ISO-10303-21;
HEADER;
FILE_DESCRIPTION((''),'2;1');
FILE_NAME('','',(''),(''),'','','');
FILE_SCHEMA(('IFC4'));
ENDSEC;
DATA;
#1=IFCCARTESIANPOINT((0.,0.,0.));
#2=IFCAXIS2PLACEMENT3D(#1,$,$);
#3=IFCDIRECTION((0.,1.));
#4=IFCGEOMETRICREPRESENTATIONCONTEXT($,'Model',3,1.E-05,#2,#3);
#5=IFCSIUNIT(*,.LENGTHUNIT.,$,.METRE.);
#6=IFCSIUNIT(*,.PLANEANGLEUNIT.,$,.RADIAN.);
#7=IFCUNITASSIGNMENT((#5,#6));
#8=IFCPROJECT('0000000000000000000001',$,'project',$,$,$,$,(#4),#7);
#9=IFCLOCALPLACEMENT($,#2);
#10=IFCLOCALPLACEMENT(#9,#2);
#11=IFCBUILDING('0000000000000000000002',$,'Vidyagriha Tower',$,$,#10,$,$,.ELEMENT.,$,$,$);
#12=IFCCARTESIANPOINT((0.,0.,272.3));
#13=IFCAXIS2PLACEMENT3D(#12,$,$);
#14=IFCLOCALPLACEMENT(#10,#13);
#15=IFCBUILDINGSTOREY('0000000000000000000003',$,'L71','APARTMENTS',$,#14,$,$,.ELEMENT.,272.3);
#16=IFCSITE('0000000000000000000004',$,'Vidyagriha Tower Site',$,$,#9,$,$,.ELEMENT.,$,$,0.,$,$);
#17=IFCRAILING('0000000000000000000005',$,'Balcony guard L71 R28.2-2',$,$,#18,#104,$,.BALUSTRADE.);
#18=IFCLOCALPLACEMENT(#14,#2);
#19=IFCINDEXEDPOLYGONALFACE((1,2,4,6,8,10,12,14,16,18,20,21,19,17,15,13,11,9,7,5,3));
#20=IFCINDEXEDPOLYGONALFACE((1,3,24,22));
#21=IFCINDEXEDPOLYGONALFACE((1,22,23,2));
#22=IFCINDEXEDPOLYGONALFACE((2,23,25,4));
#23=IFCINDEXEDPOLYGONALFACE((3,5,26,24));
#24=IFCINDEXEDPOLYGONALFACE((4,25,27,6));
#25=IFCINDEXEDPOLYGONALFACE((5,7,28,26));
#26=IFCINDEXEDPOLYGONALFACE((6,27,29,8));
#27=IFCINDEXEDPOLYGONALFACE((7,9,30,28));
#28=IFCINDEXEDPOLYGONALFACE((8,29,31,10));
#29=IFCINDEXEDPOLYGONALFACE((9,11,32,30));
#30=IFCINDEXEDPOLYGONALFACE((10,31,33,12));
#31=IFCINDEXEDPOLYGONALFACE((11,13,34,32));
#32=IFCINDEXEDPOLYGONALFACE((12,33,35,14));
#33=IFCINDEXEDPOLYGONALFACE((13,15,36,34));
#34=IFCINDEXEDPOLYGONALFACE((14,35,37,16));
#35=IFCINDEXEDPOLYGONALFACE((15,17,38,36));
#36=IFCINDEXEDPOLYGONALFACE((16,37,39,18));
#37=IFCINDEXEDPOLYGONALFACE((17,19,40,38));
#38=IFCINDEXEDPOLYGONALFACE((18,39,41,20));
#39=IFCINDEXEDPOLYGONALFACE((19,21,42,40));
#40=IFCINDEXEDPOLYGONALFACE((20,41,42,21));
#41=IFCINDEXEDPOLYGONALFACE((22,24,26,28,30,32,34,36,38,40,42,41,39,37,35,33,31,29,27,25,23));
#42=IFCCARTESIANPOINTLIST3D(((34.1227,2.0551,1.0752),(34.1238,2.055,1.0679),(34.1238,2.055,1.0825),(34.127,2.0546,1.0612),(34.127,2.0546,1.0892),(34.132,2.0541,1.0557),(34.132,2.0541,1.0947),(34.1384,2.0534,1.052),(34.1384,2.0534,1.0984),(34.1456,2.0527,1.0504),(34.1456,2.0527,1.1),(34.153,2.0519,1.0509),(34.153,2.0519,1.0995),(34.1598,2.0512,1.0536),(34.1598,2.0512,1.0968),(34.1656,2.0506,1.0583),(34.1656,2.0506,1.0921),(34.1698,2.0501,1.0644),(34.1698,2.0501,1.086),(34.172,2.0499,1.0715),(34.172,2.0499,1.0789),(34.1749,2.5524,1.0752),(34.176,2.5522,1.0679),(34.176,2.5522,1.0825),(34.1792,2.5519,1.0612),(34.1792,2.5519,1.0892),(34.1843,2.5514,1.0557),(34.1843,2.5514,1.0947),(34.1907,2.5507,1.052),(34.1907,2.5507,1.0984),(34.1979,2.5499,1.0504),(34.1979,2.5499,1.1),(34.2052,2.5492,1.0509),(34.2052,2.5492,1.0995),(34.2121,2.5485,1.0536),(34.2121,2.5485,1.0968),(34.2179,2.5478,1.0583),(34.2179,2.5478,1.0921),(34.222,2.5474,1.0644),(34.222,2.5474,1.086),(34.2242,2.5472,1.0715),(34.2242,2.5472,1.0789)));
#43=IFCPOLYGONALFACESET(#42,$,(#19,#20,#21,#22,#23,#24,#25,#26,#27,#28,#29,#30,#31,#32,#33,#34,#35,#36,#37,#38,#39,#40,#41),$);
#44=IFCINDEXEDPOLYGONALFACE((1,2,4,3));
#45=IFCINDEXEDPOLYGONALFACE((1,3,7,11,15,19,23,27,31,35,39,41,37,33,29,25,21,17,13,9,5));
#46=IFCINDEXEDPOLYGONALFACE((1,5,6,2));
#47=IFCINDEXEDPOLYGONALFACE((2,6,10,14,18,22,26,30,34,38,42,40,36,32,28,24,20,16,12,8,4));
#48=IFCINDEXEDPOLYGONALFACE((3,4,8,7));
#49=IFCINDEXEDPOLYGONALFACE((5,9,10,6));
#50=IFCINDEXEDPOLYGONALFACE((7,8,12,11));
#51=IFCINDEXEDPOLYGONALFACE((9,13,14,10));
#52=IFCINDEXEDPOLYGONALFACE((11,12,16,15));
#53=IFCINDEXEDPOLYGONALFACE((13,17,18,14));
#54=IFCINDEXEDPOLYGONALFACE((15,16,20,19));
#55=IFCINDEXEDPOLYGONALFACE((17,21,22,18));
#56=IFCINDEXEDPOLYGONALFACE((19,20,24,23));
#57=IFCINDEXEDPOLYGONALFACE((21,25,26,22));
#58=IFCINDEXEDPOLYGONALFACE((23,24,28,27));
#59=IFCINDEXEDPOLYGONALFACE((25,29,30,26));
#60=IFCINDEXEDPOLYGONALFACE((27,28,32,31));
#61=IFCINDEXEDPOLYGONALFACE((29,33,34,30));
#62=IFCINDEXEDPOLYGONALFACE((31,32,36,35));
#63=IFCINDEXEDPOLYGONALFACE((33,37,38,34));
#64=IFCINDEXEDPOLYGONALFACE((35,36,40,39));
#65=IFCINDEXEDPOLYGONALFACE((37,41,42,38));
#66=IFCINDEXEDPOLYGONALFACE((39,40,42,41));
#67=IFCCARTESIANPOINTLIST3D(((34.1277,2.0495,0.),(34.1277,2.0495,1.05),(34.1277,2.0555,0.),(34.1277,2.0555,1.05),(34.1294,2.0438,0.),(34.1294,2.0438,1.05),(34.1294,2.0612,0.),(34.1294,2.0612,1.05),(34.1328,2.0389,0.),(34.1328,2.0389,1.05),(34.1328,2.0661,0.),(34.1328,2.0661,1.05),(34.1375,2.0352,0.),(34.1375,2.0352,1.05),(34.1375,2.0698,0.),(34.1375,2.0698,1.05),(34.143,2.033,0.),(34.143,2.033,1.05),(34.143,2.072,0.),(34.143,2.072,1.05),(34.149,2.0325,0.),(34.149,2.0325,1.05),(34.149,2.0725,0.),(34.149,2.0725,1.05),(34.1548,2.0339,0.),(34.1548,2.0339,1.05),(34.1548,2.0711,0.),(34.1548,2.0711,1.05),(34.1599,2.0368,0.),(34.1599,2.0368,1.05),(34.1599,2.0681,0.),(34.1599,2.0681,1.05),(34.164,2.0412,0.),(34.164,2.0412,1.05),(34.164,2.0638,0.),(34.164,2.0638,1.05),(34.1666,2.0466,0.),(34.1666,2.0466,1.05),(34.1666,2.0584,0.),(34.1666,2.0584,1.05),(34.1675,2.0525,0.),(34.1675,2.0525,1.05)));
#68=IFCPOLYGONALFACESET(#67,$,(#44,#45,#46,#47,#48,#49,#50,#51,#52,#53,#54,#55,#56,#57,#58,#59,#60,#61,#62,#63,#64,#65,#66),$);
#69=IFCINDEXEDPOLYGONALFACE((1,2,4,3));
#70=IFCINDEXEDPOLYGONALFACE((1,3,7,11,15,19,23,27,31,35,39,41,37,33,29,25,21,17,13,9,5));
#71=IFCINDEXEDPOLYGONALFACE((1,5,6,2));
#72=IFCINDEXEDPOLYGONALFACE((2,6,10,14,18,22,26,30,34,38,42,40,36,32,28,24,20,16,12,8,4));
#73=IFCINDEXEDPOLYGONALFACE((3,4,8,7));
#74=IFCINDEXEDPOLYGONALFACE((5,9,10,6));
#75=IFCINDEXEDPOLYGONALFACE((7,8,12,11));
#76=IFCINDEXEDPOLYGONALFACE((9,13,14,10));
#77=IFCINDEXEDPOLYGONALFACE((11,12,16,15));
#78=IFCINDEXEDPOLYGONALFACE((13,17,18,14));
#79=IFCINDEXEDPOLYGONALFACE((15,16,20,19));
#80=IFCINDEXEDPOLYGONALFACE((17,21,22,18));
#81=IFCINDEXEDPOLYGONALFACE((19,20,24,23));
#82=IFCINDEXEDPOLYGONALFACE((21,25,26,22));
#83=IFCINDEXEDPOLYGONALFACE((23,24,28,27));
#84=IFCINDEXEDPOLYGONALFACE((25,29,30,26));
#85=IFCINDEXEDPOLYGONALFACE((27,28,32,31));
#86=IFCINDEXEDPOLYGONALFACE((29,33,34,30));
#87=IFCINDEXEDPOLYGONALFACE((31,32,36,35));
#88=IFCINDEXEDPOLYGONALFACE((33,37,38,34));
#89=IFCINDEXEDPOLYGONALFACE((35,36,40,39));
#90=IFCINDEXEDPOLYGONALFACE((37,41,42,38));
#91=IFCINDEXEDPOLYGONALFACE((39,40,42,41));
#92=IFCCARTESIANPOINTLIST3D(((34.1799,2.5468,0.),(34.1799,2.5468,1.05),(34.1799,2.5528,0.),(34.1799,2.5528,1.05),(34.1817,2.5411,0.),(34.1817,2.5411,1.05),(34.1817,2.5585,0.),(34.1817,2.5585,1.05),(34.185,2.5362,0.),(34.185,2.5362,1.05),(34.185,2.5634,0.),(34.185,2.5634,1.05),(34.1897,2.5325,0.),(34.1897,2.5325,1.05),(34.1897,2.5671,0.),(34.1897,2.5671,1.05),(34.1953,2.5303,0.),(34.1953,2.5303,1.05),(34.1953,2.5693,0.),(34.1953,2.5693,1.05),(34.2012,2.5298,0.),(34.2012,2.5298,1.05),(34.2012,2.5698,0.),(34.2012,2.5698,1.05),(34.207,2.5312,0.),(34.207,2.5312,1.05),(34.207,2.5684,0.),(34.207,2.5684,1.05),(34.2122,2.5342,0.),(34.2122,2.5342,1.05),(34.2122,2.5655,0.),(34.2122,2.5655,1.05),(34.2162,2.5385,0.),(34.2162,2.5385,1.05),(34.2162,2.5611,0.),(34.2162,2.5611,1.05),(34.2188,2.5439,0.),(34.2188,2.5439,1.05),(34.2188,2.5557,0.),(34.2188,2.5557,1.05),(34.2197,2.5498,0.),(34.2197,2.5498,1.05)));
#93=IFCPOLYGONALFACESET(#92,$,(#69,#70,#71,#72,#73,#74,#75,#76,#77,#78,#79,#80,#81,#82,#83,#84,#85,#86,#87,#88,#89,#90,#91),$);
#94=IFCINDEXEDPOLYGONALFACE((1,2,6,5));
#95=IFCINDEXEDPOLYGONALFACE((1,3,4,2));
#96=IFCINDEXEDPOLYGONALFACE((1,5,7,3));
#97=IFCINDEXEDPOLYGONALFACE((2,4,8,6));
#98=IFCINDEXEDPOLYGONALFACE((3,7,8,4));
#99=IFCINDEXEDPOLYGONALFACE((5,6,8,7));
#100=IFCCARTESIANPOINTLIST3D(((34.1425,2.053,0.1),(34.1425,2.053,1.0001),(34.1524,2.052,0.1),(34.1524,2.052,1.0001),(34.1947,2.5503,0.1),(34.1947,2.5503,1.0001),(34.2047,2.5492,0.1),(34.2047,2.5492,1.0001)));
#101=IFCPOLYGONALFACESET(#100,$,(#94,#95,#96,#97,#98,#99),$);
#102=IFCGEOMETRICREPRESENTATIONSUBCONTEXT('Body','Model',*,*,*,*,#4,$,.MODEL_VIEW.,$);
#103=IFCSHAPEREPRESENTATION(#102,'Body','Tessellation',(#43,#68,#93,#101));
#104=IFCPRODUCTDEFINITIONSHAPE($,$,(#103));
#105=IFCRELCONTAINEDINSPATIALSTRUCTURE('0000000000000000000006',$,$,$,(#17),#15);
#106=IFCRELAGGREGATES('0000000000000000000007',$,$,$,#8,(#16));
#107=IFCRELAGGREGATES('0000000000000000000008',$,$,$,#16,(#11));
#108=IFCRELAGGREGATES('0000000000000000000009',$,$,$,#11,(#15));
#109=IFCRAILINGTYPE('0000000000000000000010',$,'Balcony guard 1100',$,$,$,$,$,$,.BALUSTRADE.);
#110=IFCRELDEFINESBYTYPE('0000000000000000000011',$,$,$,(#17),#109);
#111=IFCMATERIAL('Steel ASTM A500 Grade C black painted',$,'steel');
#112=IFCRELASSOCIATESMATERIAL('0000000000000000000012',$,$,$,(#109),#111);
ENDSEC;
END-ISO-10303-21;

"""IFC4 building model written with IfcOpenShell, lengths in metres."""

from ifc_helpers import new_model, si_unit, direction, frame, origin, origin_2d, place, context, subcontext, project, spatial, rectangle, circle, extrude, material, type_object, element, save


model = new_model("IFC4")

# Units and contexts
model_context = context("Model", 3, precision=1e-05, world=origin(), true_north=direction((0.0, 1.0)))
body_context = subcontext(model_context, "Body", "Model", "MODEL_VIEW")
ifc_project = project(units=[si_unit("LENGTHUNIT", "METRE"), si_unit("PLANEANGLEUNIT", "RADIAN")], contexts=[model_context])

# Site, building, storey
site_placement = place(None, origin())
site = spatial("IfcSite", under=ifc_project, at=site_placement, Name="Vidyagriha Tower Site", CompositionType="ELEMENT", RefElevation=0.0)
building_placement = place(site_placement, origin())
building = spatial("IfcBuilding", under=site, at=building_placement, Name="Vidyagriha Tower", CompositionType="ELEMENT")
storey_placement = place(building_placement, frame((0.0, 0.0, 272.3)))
storey = spatial("IfcBuildingStorey", under=building, at=storey_placement, Name="L71", Description="APARTMENTS", CompositionType="ELEMENT", Elevation=272.3)

# Railing
ifc_material_1 = material(Name="Steel ASTM A500 Grade C black painted", Category="steel")
railing_type_1 = type_object("IfcRailingType", Name="Balcony guard 1100", PredefinedType="BALUSTRADE", material=ifc_material_1)
railing_1_placement = place(storey_placement, frame((34.1475, 2.0525, 0.0)))
element("IfcRailing", 1, at=railing_1_placement, inside=storey, type_object=railing_type_1, Name="Balcony guard L71 R28.2-2", PredefinedType="BALUSTRADE", context=body_context, shape_type="SweptSolid", body=[
    extrude(circle(Radius=0.0249, at=origin_2d()), frame((0.0, 0.0, 1.0752), z_axis=(0.104481, 0.994527, 0.0), x_axis=(-0.994527, 0.104481, 0.0)), (0.0, 0.0, 1.0), 0.5),
    extrude(circle(Radius=0.02, at=origin_2d()), origin(), (0.0, 0.0, 1.0), 1.05),
    extrude(circle(Radius=0.02, at=origin_2d()), frame((0.0522, 0.4973, 0.0)), (0.0, 0.0, 1.0), 1.05),
    extrude(rectangle(XDim=0.01, YDim=0.9001, at=origin_2d()), frame((0.0, 0.0, 0.55), z_axis=(0.104481, 0.994527, 0.0), x_axis=(-0.994527, 0.104481, 0.0)), (0.0, 0.0, 1.0), 0.5),
])

save(model, "model.ifc")
